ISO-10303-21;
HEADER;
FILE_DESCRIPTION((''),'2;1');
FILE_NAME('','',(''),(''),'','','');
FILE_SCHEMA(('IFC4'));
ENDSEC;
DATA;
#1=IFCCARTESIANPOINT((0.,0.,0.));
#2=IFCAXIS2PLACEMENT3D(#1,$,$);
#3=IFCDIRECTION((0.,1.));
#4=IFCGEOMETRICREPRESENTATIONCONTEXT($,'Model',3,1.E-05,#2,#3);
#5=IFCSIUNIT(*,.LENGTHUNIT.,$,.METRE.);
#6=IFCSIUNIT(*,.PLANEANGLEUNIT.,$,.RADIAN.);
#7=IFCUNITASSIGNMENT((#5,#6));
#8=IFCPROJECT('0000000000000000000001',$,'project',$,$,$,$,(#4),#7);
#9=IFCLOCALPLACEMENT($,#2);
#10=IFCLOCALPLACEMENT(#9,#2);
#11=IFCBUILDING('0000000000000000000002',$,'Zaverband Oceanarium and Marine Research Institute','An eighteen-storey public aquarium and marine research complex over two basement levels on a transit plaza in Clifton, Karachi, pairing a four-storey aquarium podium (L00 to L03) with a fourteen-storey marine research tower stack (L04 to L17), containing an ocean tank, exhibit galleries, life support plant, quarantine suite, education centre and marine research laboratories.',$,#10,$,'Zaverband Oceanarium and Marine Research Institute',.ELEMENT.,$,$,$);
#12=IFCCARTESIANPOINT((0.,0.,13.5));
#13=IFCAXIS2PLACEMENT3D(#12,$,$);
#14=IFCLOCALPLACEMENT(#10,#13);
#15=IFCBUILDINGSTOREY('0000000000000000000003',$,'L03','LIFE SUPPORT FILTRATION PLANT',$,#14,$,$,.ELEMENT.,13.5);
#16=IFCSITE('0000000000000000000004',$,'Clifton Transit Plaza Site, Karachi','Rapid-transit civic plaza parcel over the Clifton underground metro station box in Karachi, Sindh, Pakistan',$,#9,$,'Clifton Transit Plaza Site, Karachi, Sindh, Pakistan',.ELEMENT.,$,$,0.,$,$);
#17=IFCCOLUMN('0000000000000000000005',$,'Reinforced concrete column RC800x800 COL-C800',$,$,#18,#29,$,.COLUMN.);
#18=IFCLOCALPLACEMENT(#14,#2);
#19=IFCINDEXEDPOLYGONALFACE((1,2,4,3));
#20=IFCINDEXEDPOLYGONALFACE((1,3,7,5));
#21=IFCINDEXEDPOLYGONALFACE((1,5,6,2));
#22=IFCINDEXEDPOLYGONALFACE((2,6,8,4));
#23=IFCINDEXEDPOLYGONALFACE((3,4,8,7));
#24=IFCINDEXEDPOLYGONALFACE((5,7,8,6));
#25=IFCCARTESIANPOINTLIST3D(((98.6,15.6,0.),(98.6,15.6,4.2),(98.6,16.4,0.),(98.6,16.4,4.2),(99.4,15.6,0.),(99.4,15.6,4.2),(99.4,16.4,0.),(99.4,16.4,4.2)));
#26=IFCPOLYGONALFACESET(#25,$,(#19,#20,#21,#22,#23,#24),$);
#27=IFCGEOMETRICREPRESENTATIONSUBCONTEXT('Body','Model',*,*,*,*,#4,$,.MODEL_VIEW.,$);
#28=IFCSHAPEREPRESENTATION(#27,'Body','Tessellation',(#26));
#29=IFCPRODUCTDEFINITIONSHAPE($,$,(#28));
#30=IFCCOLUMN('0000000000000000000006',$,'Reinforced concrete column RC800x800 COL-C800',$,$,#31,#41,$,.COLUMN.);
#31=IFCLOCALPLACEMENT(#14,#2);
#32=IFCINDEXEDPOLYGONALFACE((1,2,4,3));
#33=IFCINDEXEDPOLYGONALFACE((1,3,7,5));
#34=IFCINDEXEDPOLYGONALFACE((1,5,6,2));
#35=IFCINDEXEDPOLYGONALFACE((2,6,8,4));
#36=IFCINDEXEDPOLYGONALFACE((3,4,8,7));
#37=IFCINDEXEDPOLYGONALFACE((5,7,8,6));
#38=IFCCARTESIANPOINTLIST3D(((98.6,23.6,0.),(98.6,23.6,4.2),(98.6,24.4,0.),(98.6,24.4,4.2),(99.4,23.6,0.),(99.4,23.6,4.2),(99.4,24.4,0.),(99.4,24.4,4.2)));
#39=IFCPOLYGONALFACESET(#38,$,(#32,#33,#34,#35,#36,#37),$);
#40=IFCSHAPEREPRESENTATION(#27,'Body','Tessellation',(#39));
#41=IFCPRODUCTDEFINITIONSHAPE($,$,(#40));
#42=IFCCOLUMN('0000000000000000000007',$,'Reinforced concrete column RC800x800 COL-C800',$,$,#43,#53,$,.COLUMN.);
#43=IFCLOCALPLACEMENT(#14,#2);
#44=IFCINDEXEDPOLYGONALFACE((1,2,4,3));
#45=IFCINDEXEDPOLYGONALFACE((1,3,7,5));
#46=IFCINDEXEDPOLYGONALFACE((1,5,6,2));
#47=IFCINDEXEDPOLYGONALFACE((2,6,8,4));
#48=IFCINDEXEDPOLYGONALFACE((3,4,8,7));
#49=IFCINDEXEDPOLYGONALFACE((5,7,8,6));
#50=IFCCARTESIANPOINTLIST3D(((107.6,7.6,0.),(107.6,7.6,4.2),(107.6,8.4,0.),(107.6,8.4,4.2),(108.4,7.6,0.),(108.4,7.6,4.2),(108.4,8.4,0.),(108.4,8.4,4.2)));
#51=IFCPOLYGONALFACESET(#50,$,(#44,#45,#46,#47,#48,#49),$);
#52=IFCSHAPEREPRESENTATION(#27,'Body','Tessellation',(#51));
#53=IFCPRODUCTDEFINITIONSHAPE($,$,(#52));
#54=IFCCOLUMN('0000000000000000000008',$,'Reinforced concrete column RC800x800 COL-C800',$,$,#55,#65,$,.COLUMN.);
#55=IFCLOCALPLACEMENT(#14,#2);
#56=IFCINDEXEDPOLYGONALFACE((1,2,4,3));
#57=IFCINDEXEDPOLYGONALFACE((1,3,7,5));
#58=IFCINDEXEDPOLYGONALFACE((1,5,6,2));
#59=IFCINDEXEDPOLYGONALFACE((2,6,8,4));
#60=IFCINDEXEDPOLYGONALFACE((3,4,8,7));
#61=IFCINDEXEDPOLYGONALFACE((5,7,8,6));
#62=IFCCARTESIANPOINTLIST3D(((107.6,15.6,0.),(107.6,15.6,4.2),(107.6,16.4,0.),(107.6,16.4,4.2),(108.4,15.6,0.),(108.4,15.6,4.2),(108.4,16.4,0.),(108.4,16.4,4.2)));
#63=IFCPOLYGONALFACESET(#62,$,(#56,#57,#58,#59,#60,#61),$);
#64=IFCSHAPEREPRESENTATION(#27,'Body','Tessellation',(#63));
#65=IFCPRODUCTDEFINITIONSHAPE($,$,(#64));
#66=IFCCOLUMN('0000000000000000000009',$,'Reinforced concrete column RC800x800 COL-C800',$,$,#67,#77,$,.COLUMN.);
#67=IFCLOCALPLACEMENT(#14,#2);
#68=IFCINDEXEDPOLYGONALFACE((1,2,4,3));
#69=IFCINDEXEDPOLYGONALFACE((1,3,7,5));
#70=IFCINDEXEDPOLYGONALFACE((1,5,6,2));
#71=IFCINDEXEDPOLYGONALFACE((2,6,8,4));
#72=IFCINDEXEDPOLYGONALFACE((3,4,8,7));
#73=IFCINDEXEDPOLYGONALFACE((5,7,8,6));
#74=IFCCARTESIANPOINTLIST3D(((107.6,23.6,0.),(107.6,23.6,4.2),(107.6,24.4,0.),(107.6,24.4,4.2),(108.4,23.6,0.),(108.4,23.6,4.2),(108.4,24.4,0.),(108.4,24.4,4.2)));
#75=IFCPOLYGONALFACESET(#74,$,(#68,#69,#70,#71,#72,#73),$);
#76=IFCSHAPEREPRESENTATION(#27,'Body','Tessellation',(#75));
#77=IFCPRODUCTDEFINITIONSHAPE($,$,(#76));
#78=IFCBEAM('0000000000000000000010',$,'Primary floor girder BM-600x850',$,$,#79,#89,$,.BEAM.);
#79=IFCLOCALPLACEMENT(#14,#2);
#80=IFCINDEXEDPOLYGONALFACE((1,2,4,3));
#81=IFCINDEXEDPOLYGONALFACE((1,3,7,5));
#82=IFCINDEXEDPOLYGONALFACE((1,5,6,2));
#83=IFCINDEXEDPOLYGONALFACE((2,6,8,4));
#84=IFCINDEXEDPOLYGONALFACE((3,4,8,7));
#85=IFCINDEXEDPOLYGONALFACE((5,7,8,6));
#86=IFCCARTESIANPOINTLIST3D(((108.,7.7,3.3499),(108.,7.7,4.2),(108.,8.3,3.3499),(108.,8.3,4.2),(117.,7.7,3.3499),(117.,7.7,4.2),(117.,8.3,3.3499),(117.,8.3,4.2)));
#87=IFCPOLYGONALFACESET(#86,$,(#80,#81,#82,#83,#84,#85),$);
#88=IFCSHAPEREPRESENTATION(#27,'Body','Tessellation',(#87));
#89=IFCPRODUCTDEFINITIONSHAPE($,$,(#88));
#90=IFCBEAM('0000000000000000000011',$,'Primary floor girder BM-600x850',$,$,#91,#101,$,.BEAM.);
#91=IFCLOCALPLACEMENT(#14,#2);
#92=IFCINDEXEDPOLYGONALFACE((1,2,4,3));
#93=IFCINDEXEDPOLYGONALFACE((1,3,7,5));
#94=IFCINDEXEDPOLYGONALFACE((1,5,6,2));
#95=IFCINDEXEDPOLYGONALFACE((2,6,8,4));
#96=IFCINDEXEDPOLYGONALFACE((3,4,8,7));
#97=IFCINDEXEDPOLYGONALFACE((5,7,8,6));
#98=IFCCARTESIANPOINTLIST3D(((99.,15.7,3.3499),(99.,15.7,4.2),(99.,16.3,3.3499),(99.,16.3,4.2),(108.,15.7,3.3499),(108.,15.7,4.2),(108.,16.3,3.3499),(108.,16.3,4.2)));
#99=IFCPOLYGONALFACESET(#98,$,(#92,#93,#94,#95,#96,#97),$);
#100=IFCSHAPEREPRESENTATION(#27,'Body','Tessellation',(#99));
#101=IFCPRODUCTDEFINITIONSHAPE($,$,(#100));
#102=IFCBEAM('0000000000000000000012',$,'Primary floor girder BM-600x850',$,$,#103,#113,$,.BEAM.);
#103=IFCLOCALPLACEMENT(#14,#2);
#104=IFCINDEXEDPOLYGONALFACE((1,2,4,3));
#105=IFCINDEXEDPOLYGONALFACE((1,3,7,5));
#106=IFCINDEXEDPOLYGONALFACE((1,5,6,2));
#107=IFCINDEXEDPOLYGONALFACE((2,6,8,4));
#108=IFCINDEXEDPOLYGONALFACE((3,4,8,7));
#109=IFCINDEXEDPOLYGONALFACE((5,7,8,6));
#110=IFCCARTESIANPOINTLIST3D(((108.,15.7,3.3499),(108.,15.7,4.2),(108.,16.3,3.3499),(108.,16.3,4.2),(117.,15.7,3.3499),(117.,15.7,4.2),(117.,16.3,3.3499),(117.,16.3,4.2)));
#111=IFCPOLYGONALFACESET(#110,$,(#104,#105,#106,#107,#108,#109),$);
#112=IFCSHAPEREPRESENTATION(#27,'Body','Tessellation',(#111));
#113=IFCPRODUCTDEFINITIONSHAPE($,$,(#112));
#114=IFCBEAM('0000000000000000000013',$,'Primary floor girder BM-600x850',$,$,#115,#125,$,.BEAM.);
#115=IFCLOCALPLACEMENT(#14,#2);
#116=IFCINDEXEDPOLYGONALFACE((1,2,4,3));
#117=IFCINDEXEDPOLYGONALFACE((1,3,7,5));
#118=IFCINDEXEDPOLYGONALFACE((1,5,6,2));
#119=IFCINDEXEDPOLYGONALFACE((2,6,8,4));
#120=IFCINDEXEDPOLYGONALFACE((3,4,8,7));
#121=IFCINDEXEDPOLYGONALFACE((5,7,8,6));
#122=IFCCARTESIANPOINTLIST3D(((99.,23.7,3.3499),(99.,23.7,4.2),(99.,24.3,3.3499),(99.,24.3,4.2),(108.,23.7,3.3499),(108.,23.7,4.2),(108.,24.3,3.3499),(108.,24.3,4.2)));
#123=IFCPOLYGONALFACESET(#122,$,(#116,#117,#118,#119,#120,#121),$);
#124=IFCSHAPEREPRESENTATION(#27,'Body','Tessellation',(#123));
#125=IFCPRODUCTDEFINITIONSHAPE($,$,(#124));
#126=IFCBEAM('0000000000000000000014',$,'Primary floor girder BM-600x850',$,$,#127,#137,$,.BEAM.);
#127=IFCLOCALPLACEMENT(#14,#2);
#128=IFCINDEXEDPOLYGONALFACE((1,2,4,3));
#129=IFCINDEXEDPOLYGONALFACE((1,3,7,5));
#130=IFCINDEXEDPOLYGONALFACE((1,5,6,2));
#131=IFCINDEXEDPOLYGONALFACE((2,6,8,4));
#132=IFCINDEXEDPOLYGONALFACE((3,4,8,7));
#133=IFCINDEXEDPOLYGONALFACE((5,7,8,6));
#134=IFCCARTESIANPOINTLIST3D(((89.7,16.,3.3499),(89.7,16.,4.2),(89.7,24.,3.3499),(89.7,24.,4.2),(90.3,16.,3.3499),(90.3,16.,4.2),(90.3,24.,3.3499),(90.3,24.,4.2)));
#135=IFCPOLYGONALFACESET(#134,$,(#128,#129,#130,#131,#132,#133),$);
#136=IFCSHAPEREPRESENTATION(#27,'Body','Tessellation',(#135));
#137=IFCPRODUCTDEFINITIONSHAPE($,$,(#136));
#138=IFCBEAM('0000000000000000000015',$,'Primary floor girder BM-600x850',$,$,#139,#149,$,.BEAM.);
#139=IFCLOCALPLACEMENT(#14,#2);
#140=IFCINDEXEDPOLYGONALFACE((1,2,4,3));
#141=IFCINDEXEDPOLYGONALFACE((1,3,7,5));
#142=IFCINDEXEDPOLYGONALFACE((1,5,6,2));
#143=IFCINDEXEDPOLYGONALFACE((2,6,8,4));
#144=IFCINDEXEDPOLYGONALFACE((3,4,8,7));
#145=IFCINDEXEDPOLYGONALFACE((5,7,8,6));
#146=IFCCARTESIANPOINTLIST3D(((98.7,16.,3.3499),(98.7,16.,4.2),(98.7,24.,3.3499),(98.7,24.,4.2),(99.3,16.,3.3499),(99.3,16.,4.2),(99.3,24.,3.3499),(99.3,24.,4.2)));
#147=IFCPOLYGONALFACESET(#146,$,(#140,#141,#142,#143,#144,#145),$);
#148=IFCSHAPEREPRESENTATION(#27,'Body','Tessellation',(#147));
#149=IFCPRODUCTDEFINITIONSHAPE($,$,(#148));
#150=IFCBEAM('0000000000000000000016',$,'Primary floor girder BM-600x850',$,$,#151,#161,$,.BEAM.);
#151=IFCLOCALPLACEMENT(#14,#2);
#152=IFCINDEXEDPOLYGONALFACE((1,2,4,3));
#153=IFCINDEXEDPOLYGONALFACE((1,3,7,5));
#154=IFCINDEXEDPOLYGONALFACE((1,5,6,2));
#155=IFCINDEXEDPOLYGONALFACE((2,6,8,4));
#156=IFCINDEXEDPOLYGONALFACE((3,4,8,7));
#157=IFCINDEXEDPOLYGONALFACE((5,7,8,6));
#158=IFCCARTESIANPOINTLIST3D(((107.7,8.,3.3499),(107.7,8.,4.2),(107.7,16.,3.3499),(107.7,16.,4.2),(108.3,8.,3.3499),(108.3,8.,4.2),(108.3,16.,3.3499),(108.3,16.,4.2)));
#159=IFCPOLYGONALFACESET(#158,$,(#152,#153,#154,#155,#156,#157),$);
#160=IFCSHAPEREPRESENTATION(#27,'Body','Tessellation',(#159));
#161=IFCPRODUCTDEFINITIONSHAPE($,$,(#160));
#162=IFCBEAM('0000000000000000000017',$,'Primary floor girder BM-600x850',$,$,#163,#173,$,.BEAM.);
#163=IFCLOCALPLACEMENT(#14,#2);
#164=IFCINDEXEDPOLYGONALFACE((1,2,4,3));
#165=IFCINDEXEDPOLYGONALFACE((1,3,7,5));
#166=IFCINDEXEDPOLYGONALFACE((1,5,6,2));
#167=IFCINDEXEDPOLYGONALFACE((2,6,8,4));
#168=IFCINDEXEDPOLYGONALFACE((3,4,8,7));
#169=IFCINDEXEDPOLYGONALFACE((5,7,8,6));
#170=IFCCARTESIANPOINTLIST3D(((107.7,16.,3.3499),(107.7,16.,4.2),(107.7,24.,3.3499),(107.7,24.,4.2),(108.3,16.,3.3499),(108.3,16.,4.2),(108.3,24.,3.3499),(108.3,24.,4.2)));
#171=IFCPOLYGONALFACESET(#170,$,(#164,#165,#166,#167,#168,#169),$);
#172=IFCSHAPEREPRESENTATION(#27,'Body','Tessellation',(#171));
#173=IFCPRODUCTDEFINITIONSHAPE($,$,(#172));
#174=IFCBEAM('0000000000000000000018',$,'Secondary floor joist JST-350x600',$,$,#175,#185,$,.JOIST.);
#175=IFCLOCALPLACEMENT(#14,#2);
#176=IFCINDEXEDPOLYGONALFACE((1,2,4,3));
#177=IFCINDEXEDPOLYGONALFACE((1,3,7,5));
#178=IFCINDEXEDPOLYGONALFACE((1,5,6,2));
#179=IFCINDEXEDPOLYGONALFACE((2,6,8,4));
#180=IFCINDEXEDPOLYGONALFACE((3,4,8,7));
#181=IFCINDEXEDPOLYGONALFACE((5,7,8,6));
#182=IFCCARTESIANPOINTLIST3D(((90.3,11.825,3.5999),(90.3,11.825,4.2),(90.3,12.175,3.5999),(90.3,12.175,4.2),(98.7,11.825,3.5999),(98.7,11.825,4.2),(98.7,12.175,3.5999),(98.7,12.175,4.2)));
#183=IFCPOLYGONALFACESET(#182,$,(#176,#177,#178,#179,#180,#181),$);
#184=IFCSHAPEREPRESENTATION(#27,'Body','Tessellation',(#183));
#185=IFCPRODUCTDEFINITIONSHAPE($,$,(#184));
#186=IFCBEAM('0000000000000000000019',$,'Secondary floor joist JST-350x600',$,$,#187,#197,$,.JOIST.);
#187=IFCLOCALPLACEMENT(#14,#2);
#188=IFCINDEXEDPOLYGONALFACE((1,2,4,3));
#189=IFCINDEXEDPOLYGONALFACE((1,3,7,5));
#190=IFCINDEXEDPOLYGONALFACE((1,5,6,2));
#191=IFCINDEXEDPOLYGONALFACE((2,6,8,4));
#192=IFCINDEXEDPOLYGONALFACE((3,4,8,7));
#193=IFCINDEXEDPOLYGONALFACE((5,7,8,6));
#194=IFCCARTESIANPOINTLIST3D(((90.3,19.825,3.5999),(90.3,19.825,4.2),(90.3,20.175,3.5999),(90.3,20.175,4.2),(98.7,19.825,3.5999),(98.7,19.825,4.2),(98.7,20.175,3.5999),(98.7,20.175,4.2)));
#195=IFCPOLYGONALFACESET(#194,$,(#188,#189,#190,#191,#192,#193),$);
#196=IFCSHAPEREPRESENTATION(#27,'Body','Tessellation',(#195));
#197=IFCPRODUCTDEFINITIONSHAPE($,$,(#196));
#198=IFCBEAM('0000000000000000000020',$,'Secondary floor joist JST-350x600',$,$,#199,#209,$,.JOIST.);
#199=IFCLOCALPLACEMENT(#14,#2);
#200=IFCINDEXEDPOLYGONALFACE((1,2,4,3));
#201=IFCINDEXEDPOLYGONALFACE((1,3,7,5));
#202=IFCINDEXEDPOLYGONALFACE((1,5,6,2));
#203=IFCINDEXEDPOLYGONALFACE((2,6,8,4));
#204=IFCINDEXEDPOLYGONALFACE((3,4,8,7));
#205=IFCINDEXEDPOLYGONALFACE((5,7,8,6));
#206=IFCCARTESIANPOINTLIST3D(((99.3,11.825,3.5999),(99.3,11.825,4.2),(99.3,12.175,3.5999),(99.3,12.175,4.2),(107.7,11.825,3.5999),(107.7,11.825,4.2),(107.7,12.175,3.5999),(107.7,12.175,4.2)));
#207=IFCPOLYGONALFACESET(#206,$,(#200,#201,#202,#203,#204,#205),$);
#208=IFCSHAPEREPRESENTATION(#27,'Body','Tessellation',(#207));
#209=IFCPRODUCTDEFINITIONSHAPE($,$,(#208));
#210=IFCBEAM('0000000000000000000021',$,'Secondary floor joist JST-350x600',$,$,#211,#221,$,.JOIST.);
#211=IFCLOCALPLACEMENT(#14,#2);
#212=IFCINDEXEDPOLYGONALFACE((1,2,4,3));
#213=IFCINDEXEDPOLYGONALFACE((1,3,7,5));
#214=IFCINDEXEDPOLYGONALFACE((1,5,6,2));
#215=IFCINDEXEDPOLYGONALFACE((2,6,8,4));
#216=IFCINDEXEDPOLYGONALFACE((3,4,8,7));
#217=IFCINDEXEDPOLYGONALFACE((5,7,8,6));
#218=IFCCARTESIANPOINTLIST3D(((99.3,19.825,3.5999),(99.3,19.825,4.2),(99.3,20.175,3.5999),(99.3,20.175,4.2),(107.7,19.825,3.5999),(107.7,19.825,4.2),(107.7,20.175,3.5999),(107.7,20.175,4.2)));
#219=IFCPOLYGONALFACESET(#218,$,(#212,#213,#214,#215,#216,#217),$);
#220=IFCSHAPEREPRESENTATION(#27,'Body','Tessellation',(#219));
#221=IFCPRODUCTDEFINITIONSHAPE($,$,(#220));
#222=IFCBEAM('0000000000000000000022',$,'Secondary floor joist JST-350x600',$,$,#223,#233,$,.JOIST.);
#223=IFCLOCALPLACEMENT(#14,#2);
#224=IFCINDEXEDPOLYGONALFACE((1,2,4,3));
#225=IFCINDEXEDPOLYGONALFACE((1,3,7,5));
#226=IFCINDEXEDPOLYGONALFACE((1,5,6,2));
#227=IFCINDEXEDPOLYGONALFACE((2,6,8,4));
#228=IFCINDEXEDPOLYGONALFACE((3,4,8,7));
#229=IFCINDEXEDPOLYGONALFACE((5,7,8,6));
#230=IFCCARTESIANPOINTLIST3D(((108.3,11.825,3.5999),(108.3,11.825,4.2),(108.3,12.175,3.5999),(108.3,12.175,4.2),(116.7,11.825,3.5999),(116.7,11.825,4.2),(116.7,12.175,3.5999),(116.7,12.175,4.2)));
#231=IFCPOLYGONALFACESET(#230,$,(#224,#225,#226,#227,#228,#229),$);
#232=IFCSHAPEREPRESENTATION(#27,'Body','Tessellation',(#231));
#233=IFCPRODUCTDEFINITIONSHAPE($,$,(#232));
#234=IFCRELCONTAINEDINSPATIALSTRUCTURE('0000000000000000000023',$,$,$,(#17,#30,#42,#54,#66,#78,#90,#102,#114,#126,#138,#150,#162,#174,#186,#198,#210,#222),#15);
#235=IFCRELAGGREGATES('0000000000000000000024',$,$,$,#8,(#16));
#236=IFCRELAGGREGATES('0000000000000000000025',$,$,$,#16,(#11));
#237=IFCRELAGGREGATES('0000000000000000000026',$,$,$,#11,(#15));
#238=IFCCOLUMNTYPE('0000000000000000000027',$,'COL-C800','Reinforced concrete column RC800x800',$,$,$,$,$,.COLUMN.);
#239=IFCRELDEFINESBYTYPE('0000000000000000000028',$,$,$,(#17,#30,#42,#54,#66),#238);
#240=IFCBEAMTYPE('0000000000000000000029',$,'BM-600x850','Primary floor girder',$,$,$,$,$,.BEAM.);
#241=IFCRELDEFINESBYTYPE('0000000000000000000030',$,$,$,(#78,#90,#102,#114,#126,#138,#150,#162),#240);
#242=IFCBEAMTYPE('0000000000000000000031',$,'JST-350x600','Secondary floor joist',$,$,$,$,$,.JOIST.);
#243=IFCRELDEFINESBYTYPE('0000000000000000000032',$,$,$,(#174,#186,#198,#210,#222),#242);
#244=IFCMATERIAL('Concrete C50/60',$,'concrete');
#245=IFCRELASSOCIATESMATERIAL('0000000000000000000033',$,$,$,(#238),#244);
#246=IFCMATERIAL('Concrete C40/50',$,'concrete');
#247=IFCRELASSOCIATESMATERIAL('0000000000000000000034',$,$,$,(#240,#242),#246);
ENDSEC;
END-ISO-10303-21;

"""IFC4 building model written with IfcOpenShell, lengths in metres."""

from ifc_helpers import new_model, si_unit, direction, frame, origin, origin_2d, place, context, subcontext, project, spatial, rectangle, extrude, material, material_profile, profile_set, type_object, element, save


model = new_model("IFC4")

# Units and contexts
model_context = context("Model", 3, precision=1e-05, world=origin(), true_north=direction((0.0, 1.0)))
body_context = subcontext(model_context, "Body", "Model", "MODEL_VIEW")
ifc_project = project(units=[si_unit("LENGTHUNIT", "METRE"), si_unit("PLANEANGLEUNIT", "RADIAN")], contexts=[model_context])

# Site, building, storey
site_placement = place(None, origin())
site = spatial("IfcSite", under=ifc_project, at=site_placement, Name="Clifton Transit Plaza Site, Karachi", Description="Rapid-transit civic plaza parcel over the Clifton underground metro station box in Karachi, Sindh, Pakistan", LongName="Clifton Transit Plaza Site, Karachi, Sindh, Pakistan", CompositionType="ELEMENT", RefElevation=0.0)
building_placement = place(site_placement, origin())
building = spatial("IfcBuilding", under=site, at=building_placement, Name="Zaverband Oceanarium and Marine Research Institute", Description="An eighteen-storey public aquarium and marine research complex over two basement levels on a transit plaza in Clifton, Karachi, pairing a four-storey aquarium podium (L00 to L03) with a fourteen-storey marine research tower stack (L04 to L17), containing an ocean tank, exhibit galleries, life support plant, quarantine suite, education centre and marine research laboratories.", LongName="Zaverband Oceanarium and Marine Research Institute", CompositionType="ELEMENT")
storey_placement = place(building_placement, frame((0.0, 0.0, 13.5)))
storey = spatial("IfcBuildingStorey", under=building, at=storey_placement, Name="L03", Description="LIFE SUPPORT FILTRATION PLANT", CompositionType="ELEMENT", Elevation=13.5)

# Columns
ifc_material_1 = material(Name="Concrete C50/60", Category="concrete")
ifc_material_profile_1 = material_profile(ifc_material_1, rectangle(XDim=0.8, YDim=0.8, at=origin_2d()), Name="RC800x800")
ifc_profile_set_1 = profile_set([ifc_material_profile_1], Name="Concrete C50/60")
column_type = type_object("IfcColumnType", Name="COL-C800", Description="Reinforced concrete column RC800x800", PredefinedType="COLUMN", material=ifc_profile_set_1)
for number, where, z_axis, x_axis, name in (
    (1, (99.0, 16.0, 0.0), (0.0, 0.0, 1.0), (1.0, 0.0, 0.0), "Reinforced concrete column RC800x800 COL-C800"),
    (2, (99.0, 24.0, 0.0), (0.0, 0.0, 1.0), (1.0, 0.0, 0.0), "Reinforced concrete column RC800x800 COL-C800"),
    (3, (108.0, 8.0, 0.0), (0.0, 0.0, 1.0), (1.0, 0.0, 0.0), "Reinforced concrete column RC800x800 COL-C800"),
    (4, (108.0, 16.0, 0.0), (0.0, 0.0, 1.0), (1.0, 0.0, 0.0), "Reinforced concrete column RC800x800 COL-C800"),
    (5, (108.0, 24.0, 0.0), (0.0, 0.0, 1.0), (1.0, 0.0, 0.0), "Reinforced concrete column RC800x800 COL-C800"),
):
    element("IfcColumn", number, at=place(storey_placement, frame(where, z_axis=z_axis, x_axis=x_axis)), inside=storey, type_object=column_type, Name=name, PredefinedType="COLUMN", context=body_context, shape_type="SweptSolid", body=[
        extrude(rectangle(XDim=0.8, YDim=0.8, at=origin_2d()), origin(), (0.0, 0.0, 1.0), 4.2),
    ])

# Beams
ifc_material_2 = material(Name="Concrete C40/50", Category="concrete")
ifc_material_profile_2 = material_profile(ifc_material_2, rectangle(XDim=0.6001, YDim=0.8501, at=origin_2d()), Name="RC600x850")
ifc_profile_set_2 = profile_set([ifc_material_profile_2], Name="Concrete C40/50")
beam_type_1 = type_object("IfcBeamType", Name="BM-600x850", Description="Primary floor girder", PredefinedType="BEAM", material=ifc_profile_set_2)
for number, where, z_axis, x_axis, name in (
    (6, (108.0, 8.0, 3.7749), (1.0, 0.0, 0.0), (0.0, 1.0, 0.0), "Primary floor girder BM-600x850"),
    (7, (99.0, 16.0, 3.7749), (1.0, 0.0, 0.0), (0.0, 1.0, 0.0), "Primary floor girder BM-600x850"),
    (8, (108.0, 16.0, 3.7749), (1.0, 0.0, 0.0), (0.0, 1.0, 0.0), "Primary floor girder BM-600x850"),
    (9, (99.0, 24.0, 3.7749), (1.0, 0.0, 0.0), (0.0, 1.0, 0.0), "Primary floor girder BM-600x850"),
):
    element("IfcBeam", number, at=place(storey_placement, frame(where, z_axis=z_axis, x_axis=x_axis)), inside=storey, type_object=beam_type_1, Name=name, PredefinedType="BEAM", context=body_context, shape_type="SweptSolid", body=[
        extrude(rectangle(XDim=0.6001, YDim=0.8501, at=origin_2d()), origin(), (0.0, 0.0, 1.0), 9.0),
    ])
for number, where, z_axis, x_axis, name in (
    (10, (90.0, 16.0, 3.7749), (0.0, 1.0, 0.0), (-1.0, 0.0, 0.0), "Primary floor girder BM-600x850"),
    (11, (99.0, 16.0, 3.7749), (0.0, 1.0, 0.0), (-1.0, 0.0, 0.0), "Primary floor girder BM-600x850"),
    (12, (108.0, 8.0, 3.7749), (0.0, 1.0, 0.0), (-1.0, 0.0, 0.0), "Primary floor girder BM-600x850"),
    (13, (108.0, 16.0, 3.7749), (0.0, 1.0, 0.0), (-1.0, 0.0, 0.0), "Primary floor girder BM-600x850"),
):
    element("IfcBeam", number, at=place(storey_placement, frame(where, z_axis=z_axis, x_axis=x_axis)), inside=storey, type_object=beam_type_1, Name=name, PredefinedType="BEAM", context=body_context, shape_type="SweptSolid", body=[
        extrude(rectangle(XDim=0.6001, YDim=0.8501, at=origin_2d()), origin(), (0.0, 0.0, 1.0), 8.0),
    ])
ifc_material_profile_3 = material_profile(ifc_material_2, rectangle(XDim=0.3501, YDim=0.6001, at=origin_2d()), Name="RC350x600")
ifc_profile_set_3 = profile_set([ifc_material_profile_3], Name="Concrete C40/50")
beam_type_2 = type_object("IfcBeamType", Name="JST-350x600", Description="Secondary floor joist", PredefinedType="JOIST", material=ifc_profile_set_3)
for number, where, z_axis, x_axis, name in (
    (14, (90.3, 12.0, 3.8999), (1.0, 0.0, 0.0), (0.0, 1.0, 0.0), "Secondary floor joist JST-350x600"),
    (15, (90.3, 20.0, 3.8999), (1.0, 0.0, 0.0), (0.0, 1.0, 0.0), "Secondary floor joist JST-350x600"),
    (16, (99.3, 12.0, 3.8999), (1.0, 0.0, 0.0), (0.0, 1.0, 0.0), "Secondary floor joist JST-350x600"),
    (17, (99.3, 20.0, 3.8999), (1.0, 0.0, 0.0), (0.0, 1.0, 0.0), "Secondary floor joist JST-350x600"),
    (18, (108.3, 12.0, 3.8999), (1.0, 0.0, 0.0), (0.0, 1.0, 0.0), "Secondary floor joist JST-350x600"),
):
    element("IfcBeam", number, at=place(storey_placement, frame(where, z_axis=z_axis, x_axis=x_axis)), inside=storey, type_object=beam_type_2, Name=name, PredefinedType="JOIST", context=body_context, shape_type="SweptSolid", body=[
        extrude(rectangle(XDim=0.3501, YDim=0.6001, at=origin_2d()), origin(), (0.0, 0.0, 1.0), 8.3999),
    ])

save(model, "model.ifc")
